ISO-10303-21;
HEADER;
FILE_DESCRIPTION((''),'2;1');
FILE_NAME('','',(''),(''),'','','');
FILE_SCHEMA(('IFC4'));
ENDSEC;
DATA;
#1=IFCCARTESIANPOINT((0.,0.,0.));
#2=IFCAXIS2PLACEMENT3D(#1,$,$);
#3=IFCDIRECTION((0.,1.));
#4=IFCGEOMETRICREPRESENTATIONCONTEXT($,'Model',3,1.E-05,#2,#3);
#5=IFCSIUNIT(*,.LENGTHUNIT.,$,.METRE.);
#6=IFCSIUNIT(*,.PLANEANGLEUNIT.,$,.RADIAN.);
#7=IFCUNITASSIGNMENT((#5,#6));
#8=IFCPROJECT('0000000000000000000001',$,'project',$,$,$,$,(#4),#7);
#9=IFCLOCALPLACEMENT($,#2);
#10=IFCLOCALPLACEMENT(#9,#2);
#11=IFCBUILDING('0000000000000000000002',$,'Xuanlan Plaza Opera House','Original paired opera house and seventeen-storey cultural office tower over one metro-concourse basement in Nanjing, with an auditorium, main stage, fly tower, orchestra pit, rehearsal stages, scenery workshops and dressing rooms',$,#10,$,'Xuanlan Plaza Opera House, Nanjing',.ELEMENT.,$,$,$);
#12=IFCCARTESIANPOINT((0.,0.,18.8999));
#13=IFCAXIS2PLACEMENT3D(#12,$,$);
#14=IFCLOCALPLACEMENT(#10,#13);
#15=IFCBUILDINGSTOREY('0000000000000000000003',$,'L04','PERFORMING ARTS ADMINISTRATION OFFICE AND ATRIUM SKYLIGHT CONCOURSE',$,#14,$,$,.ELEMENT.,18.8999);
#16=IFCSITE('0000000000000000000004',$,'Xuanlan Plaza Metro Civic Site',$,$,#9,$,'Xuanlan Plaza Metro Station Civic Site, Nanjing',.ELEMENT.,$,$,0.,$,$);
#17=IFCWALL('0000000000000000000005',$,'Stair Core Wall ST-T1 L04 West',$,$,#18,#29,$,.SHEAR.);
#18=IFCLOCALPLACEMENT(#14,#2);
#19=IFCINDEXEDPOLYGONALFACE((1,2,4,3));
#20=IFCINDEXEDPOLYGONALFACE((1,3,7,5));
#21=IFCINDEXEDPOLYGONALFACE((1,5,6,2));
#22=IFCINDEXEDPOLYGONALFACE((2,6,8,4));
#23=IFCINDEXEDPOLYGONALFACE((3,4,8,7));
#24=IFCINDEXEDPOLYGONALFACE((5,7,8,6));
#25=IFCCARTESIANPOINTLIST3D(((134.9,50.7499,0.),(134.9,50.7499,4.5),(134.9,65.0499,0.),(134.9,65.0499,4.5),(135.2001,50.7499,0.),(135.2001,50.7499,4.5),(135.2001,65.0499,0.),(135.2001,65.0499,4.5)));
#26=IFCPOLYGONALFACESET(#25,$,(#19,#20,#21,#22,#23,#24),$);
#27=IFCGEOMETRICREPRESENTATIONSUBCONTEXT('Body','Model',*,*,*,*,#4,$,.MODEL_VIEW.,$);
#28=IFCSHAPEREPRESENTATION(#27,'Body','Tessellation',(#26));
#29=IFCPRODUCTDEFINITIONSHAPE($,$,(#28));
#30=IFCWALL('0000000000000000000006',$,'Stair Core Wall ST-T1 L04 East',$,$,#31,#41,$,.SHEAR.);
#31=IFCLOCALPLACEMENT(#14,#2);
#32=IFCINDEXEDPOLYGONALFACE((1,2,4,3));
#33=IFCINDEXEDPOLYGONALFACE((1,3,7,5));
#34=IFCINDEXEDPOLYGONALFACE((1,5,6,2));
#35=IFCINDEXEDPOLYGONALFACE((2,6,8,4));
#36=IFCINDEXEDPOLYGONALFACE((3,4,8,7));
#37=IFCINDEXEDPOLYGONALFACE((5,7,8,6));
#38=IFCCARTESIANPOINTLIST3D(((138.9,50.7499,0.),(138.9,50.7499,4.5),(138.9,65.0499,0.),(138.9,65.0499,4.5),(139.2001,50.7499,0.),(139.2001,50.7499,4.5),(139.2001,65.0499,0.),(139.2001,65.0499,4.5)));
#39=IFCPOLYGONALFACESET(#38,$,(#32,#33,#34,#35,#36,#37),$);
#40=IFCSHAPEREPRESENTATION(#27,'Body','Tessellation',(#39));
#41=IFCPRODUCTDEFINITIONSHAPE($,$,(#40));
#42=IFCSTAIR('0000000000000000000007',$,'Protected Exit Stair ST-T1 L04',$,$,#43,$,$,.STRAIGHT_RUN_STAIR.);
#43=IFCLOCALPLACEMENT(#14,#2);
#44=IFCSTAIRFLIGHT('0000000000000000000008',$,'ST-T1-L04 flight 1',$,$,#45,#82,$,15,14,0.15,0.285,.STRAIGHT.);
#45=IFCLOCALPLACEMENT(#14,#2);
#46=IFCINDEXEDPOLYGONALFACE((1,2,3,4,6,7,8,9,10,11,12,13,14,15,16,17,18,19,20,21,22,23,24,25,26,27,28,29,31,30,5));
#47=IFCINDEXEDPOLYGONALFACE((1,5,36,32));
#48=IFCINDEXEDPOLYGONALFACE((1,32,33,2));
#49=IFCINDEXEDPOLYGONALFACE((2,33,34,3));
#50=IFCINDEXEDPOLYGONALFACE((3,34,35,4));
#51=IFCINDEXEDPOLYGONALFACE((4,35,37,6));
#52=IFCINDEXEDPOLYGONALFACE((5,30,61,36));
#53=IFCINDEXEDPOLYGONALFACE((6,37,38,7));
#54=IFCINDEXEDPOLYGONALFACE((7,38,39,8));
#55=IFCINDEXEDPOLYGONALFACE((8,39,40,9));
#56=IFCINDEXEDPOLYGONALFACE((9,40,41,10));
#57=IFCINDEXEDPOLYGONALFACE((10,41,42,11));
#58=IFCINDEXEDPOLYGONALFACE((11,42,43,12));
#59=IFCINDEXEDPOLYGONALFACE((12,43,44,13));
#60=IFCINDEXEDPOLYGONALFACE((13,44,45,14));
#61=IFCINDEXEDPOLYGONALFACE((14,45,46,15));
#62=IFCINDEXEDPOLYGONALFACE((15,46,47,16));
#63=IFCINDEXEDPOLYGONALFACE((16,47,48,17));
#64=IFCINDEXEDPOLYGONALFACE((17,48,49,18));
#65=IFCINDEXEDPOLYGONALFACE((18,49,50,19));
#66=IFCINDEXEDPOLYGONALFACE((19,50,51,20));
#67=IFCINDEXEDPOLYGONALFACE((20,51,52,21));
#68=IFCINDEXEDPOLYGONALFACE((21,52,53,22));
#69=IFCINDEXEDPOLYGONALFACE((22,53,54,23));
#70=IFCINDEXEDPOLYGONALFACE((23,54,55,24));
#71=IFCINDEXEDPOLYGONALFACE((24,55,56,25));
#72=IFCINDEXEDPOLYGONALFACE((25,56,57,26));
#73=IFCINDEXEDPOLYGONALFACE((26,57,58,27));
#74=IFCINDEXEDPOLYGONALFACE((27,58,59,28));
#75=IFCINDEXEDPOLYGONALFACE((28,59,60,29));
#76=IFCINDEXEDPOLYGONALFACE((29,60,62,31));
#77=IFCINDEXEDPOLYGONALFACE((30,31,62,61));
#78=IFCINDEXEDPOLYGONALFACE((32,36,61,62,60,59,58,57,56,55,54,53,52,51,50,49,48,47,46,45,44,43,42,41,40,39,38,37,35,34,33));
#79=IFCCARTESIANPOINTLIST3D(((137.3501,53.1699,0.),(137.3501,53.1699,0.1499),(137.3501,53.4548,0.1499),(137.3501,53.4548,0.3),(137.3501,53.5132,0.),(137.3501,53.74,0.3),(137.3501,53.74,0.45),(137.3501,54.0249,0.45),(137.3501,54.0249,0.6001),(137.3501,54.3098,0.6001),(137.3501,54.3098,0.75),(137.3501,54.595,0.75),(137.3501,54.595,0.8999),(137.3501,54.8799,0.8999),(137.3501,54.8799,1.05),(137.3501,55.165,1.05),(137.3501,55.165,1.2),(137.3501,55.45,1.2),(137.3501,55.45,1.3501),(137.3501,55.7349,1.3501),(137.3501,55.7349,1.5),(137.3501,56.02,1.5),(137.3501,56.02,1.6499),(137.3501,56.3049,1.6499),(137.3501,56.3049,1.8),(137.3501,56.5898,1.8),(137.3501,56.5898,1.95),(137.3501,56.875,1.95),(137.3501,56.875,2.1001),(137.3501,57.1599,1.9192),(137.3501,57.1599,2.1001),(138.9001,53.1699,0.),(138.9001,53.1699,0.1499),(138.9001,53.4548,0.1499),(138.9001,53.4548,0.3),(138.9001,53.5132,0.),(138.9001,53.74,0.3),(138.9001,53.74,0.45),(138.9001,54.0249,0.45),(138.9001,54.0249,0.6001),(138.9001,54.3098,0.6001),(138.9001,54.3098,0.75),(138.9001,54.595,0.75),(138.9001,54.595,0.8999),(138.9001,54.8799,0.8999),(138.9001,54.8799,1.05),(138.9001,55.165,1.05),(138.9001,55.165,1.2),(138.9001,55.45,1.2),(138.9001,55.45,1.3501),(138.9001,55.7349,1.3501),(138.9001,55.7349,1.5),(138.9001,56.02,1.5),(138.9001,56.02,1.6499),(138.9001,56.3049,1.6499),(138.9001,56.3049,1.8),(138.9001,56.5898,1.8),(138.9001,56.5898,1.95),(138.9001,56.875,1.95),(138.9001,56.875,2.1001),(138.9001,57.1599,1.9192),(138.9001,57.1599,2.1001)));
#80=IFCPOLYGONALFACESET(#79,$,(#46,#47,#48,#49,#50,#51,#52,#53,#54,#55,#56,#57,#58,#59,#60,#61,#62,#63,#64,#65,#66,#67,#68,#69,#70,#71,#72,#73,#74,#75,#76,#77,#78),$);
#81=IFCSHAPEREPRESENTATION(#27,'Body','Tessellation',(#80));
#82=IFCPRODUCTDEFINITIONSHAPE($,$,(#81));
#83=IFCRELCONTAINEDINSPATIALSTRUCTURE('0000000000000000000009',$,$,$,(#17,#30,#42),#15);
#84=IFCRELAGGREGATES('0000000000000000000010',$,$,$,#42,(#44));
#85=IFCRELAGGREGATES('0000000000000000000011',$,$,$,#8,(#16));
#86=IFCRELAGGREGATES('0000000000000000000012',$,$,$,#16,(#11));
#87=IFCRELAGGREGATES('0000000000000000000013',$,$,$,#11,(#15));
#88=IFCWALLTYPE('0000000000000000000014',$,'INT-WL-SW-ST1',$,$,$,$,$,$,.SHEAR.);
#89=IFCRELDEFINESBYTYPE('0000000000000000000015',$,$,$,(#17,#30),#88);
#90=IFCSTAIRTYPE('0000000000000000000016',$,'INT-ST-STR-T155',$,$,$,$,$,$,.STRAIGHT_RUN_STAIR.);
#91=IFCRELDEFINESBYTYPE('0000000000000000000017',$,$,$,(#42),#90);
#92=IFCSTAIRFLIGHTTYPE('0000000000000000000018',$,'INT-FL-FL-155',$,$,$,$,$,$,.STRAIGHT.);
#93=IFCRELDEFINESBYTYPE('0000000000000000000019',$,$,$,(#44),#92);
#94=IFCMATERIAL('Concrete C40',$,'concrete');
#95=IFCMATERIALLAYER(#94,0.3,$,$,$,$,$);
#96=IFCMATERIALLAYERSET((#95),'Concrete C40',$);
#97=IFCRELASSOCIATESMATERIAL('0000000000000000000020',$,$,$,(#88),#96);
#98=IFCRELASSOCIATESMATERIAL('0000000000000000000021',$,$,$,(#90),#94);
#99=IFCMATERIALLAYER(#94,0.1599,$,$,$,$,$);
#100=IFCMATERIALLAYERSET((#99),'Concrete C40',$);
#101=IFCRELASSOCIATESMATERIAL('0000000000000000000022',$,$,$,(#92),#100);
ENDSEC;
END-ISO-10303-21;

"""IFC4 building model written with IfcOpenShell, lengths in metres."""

from ifc_helpers import new_model, si_unit, direction, frame, frame_2d, origin, place, context, subcontext, project, spatial, polyline, rectangle, outline, extrude, material, layer, layer_set, type_object, element, aggregate, save


model = new_model("IFC4")

# Units and contexts
model_context = context("Model", 3, precision=1e-05, world=origin(), true_north=direction((0.0, 1.0)))
body_context = subcontext(model_context, "Body", "Model", "MODEL_VIEW")
ifc_project = project(units=[si_unit("LENGTHUNIT", "METRE"), si_unit("PLANEANGLEUNIT", "RADIAN")], contexts=[model_context])

# Site, building, storey
site_placement = place(None, origin())
site = spatial("IfcSite", under=ifc_project, at=site_placement, Name="Xuanlan Plaza Metro Civic Site", LongName="Xuanlan Plaza Metro Station Civic Site, Nanjing", CompositionType="ELEMENT", RefElevation=0.0)
building_placement = place(site_placement, origin())
building = spatial("IfcBuilding", under=site, at=building_placement, Name="Xuanlan Plaza Opera House", Description="Original paired opera house and seventeen-storey cultural office tower over one metro-concourse basement in Nanjing, with an auditorium, main stage, fly tower, orchestra pit, rehearsal stages, scenery workshops and dressing rooms", LongName="Xuanlan Plaza Opera House, Nanjing", CompositionType="ELEMENT")
storey_placement = place(building_placement, frame((0.0, 0.0, 18.8999)))
storey = spatial("IfcBuildingStorey", under=building, at=storey_placement, Name="L04", Description="PERFORMING ARTS ADMINISTRATION OFFICE AND ATRIUM SKYLIGHT CONCOURSE", CompositionType="ELEMENT", Elevation=18.8999)

# Shared definitions
ifc_material_1 = material(Name="Concrete C40", Category="concrete")

# Shared definitions
ifc_layer_1 = layer(ifc_material_1, 0.3)
ifc_layer_set_1 = layer_set([ifc_layer_1], Name="Concrete C40")
wall_type_1 = type_object("IfcWallType", Name="INT-WL-SW-ST1", PredefinedType="SHEAR", material=ifc_layer_set_1)

# Walls
for number, where, z_axis, x_axis, name in (
    (1, (135.05, 50.75, 0.0), (0.0, 0.0, 1.0), (0.0, 1.0, 0.0), "Stair Core Wall ST-T1 L04 West"),
    (2, (139.05, 50.75, 0.0), (0.0, 0.0, 1.0), (0.0, 1.0, 0.0), "Stair Core Wall ST-T1 L04 East"),
):
    element("IfcWall", number, at=place(storey_placement, frame(where, z_axis=z_axis, x_axis=x_axis)), inside=storey, type_object=wall_type_1, Name=name, PredefinedType="SHEAR", context=body_context, shape_type="SweptSolid", body=[
        extrude(rectangle(XDim=14.3, YDim=0.3, at=frame_2d((7.1499, 0.0))), origin(), (0.0, 0.0, 1.0), 4.5),
    ])

# Stair, stair flight
stair_type = type_object("IfcStairType", Name="INT-ST-STR-T155", PredefinedType="STRAIGHT_RUN_STAIR", material=ifc_material_1)
stair_placement = place(storey_placement, origin())
stair = element("IfcStair", 3, at=stair_placement, inside=storey, type_object=stair_type, Name="Protected Exit Stair ST-T1 L04", PredefinedType="STRAIGHT_RUN_STAIR")
ifc_layer_2 = layer(ifc_material_1, 0.1599)
ifc_layer_set_2 = layer_set([ifc_layer_2], Name="Concrete C40")
stair_flight_type = type_object("IfcStairFlightType", Name="INT-FL-FL-155", PredefinedType="STRAIGHT", material=ifc_layer_set_2)
stair_flight_placement = place(storey_placement, frame((138.125, 53.1699, 0.0), z_axis=(0.0, 0.0, 1.0), x_axis=(0.0, 1.0, 0.0)))
stair_flight = element("IfcStairFlight", 4, at=stair_flight_placement, type_object=stair_flight_type, Name="ST-T1-L04 flight 1", NumberOfRisers=15, NumberOfTreads=14, PredefinedType="STRAIGHT", RiserHeight=0.15, TreadLength=0.285, context=body_context, shape_type="SweptSolid", body=[
    extrude(outline(polyline([(0.0, 0.0), (0.0, 0.1499), (0.2849, 0.1499), (0.2849, 0.3), (0.5701, 0.3), (0.5701, 0.45), (0.855, 0.45), (0.855, 0.6001), (1.1399, 0.6001), (1.1399, 0.75), (1.425, 0.75), (1.425, 0.8999), (1.71, 0.8999), (1.71, 1.05), (1.9951, 1.05), (1.9951, 1.2), (2.28, 1.2), (2.28, 1.3501), (2.5649, 1.3501), (2.5649, 1.5), (2.8501, 1.5), (2.8501, 1.6499), (3.135, 1.6499), (3.135, 1.8), (3.4199, 1.8), (3.4199, 1.95), (3.7051, 1.95), (3.7051, 2.1001), (3.99, 2.1001), (3.99, 2.25), (3.99, 1.9192), (0.3433, 0.0), (0.0, 0.0)])), frame((0.0, 0.7749, 0.0), z_axis=(0.0, -1.0, 0.0), x_axis=(1.0, 0.0, 0.0)), (0.0, 0.0, 1.0), 1.55),
])
aggregate(stair, [stair_flight])

save(model, "model.ifc")
